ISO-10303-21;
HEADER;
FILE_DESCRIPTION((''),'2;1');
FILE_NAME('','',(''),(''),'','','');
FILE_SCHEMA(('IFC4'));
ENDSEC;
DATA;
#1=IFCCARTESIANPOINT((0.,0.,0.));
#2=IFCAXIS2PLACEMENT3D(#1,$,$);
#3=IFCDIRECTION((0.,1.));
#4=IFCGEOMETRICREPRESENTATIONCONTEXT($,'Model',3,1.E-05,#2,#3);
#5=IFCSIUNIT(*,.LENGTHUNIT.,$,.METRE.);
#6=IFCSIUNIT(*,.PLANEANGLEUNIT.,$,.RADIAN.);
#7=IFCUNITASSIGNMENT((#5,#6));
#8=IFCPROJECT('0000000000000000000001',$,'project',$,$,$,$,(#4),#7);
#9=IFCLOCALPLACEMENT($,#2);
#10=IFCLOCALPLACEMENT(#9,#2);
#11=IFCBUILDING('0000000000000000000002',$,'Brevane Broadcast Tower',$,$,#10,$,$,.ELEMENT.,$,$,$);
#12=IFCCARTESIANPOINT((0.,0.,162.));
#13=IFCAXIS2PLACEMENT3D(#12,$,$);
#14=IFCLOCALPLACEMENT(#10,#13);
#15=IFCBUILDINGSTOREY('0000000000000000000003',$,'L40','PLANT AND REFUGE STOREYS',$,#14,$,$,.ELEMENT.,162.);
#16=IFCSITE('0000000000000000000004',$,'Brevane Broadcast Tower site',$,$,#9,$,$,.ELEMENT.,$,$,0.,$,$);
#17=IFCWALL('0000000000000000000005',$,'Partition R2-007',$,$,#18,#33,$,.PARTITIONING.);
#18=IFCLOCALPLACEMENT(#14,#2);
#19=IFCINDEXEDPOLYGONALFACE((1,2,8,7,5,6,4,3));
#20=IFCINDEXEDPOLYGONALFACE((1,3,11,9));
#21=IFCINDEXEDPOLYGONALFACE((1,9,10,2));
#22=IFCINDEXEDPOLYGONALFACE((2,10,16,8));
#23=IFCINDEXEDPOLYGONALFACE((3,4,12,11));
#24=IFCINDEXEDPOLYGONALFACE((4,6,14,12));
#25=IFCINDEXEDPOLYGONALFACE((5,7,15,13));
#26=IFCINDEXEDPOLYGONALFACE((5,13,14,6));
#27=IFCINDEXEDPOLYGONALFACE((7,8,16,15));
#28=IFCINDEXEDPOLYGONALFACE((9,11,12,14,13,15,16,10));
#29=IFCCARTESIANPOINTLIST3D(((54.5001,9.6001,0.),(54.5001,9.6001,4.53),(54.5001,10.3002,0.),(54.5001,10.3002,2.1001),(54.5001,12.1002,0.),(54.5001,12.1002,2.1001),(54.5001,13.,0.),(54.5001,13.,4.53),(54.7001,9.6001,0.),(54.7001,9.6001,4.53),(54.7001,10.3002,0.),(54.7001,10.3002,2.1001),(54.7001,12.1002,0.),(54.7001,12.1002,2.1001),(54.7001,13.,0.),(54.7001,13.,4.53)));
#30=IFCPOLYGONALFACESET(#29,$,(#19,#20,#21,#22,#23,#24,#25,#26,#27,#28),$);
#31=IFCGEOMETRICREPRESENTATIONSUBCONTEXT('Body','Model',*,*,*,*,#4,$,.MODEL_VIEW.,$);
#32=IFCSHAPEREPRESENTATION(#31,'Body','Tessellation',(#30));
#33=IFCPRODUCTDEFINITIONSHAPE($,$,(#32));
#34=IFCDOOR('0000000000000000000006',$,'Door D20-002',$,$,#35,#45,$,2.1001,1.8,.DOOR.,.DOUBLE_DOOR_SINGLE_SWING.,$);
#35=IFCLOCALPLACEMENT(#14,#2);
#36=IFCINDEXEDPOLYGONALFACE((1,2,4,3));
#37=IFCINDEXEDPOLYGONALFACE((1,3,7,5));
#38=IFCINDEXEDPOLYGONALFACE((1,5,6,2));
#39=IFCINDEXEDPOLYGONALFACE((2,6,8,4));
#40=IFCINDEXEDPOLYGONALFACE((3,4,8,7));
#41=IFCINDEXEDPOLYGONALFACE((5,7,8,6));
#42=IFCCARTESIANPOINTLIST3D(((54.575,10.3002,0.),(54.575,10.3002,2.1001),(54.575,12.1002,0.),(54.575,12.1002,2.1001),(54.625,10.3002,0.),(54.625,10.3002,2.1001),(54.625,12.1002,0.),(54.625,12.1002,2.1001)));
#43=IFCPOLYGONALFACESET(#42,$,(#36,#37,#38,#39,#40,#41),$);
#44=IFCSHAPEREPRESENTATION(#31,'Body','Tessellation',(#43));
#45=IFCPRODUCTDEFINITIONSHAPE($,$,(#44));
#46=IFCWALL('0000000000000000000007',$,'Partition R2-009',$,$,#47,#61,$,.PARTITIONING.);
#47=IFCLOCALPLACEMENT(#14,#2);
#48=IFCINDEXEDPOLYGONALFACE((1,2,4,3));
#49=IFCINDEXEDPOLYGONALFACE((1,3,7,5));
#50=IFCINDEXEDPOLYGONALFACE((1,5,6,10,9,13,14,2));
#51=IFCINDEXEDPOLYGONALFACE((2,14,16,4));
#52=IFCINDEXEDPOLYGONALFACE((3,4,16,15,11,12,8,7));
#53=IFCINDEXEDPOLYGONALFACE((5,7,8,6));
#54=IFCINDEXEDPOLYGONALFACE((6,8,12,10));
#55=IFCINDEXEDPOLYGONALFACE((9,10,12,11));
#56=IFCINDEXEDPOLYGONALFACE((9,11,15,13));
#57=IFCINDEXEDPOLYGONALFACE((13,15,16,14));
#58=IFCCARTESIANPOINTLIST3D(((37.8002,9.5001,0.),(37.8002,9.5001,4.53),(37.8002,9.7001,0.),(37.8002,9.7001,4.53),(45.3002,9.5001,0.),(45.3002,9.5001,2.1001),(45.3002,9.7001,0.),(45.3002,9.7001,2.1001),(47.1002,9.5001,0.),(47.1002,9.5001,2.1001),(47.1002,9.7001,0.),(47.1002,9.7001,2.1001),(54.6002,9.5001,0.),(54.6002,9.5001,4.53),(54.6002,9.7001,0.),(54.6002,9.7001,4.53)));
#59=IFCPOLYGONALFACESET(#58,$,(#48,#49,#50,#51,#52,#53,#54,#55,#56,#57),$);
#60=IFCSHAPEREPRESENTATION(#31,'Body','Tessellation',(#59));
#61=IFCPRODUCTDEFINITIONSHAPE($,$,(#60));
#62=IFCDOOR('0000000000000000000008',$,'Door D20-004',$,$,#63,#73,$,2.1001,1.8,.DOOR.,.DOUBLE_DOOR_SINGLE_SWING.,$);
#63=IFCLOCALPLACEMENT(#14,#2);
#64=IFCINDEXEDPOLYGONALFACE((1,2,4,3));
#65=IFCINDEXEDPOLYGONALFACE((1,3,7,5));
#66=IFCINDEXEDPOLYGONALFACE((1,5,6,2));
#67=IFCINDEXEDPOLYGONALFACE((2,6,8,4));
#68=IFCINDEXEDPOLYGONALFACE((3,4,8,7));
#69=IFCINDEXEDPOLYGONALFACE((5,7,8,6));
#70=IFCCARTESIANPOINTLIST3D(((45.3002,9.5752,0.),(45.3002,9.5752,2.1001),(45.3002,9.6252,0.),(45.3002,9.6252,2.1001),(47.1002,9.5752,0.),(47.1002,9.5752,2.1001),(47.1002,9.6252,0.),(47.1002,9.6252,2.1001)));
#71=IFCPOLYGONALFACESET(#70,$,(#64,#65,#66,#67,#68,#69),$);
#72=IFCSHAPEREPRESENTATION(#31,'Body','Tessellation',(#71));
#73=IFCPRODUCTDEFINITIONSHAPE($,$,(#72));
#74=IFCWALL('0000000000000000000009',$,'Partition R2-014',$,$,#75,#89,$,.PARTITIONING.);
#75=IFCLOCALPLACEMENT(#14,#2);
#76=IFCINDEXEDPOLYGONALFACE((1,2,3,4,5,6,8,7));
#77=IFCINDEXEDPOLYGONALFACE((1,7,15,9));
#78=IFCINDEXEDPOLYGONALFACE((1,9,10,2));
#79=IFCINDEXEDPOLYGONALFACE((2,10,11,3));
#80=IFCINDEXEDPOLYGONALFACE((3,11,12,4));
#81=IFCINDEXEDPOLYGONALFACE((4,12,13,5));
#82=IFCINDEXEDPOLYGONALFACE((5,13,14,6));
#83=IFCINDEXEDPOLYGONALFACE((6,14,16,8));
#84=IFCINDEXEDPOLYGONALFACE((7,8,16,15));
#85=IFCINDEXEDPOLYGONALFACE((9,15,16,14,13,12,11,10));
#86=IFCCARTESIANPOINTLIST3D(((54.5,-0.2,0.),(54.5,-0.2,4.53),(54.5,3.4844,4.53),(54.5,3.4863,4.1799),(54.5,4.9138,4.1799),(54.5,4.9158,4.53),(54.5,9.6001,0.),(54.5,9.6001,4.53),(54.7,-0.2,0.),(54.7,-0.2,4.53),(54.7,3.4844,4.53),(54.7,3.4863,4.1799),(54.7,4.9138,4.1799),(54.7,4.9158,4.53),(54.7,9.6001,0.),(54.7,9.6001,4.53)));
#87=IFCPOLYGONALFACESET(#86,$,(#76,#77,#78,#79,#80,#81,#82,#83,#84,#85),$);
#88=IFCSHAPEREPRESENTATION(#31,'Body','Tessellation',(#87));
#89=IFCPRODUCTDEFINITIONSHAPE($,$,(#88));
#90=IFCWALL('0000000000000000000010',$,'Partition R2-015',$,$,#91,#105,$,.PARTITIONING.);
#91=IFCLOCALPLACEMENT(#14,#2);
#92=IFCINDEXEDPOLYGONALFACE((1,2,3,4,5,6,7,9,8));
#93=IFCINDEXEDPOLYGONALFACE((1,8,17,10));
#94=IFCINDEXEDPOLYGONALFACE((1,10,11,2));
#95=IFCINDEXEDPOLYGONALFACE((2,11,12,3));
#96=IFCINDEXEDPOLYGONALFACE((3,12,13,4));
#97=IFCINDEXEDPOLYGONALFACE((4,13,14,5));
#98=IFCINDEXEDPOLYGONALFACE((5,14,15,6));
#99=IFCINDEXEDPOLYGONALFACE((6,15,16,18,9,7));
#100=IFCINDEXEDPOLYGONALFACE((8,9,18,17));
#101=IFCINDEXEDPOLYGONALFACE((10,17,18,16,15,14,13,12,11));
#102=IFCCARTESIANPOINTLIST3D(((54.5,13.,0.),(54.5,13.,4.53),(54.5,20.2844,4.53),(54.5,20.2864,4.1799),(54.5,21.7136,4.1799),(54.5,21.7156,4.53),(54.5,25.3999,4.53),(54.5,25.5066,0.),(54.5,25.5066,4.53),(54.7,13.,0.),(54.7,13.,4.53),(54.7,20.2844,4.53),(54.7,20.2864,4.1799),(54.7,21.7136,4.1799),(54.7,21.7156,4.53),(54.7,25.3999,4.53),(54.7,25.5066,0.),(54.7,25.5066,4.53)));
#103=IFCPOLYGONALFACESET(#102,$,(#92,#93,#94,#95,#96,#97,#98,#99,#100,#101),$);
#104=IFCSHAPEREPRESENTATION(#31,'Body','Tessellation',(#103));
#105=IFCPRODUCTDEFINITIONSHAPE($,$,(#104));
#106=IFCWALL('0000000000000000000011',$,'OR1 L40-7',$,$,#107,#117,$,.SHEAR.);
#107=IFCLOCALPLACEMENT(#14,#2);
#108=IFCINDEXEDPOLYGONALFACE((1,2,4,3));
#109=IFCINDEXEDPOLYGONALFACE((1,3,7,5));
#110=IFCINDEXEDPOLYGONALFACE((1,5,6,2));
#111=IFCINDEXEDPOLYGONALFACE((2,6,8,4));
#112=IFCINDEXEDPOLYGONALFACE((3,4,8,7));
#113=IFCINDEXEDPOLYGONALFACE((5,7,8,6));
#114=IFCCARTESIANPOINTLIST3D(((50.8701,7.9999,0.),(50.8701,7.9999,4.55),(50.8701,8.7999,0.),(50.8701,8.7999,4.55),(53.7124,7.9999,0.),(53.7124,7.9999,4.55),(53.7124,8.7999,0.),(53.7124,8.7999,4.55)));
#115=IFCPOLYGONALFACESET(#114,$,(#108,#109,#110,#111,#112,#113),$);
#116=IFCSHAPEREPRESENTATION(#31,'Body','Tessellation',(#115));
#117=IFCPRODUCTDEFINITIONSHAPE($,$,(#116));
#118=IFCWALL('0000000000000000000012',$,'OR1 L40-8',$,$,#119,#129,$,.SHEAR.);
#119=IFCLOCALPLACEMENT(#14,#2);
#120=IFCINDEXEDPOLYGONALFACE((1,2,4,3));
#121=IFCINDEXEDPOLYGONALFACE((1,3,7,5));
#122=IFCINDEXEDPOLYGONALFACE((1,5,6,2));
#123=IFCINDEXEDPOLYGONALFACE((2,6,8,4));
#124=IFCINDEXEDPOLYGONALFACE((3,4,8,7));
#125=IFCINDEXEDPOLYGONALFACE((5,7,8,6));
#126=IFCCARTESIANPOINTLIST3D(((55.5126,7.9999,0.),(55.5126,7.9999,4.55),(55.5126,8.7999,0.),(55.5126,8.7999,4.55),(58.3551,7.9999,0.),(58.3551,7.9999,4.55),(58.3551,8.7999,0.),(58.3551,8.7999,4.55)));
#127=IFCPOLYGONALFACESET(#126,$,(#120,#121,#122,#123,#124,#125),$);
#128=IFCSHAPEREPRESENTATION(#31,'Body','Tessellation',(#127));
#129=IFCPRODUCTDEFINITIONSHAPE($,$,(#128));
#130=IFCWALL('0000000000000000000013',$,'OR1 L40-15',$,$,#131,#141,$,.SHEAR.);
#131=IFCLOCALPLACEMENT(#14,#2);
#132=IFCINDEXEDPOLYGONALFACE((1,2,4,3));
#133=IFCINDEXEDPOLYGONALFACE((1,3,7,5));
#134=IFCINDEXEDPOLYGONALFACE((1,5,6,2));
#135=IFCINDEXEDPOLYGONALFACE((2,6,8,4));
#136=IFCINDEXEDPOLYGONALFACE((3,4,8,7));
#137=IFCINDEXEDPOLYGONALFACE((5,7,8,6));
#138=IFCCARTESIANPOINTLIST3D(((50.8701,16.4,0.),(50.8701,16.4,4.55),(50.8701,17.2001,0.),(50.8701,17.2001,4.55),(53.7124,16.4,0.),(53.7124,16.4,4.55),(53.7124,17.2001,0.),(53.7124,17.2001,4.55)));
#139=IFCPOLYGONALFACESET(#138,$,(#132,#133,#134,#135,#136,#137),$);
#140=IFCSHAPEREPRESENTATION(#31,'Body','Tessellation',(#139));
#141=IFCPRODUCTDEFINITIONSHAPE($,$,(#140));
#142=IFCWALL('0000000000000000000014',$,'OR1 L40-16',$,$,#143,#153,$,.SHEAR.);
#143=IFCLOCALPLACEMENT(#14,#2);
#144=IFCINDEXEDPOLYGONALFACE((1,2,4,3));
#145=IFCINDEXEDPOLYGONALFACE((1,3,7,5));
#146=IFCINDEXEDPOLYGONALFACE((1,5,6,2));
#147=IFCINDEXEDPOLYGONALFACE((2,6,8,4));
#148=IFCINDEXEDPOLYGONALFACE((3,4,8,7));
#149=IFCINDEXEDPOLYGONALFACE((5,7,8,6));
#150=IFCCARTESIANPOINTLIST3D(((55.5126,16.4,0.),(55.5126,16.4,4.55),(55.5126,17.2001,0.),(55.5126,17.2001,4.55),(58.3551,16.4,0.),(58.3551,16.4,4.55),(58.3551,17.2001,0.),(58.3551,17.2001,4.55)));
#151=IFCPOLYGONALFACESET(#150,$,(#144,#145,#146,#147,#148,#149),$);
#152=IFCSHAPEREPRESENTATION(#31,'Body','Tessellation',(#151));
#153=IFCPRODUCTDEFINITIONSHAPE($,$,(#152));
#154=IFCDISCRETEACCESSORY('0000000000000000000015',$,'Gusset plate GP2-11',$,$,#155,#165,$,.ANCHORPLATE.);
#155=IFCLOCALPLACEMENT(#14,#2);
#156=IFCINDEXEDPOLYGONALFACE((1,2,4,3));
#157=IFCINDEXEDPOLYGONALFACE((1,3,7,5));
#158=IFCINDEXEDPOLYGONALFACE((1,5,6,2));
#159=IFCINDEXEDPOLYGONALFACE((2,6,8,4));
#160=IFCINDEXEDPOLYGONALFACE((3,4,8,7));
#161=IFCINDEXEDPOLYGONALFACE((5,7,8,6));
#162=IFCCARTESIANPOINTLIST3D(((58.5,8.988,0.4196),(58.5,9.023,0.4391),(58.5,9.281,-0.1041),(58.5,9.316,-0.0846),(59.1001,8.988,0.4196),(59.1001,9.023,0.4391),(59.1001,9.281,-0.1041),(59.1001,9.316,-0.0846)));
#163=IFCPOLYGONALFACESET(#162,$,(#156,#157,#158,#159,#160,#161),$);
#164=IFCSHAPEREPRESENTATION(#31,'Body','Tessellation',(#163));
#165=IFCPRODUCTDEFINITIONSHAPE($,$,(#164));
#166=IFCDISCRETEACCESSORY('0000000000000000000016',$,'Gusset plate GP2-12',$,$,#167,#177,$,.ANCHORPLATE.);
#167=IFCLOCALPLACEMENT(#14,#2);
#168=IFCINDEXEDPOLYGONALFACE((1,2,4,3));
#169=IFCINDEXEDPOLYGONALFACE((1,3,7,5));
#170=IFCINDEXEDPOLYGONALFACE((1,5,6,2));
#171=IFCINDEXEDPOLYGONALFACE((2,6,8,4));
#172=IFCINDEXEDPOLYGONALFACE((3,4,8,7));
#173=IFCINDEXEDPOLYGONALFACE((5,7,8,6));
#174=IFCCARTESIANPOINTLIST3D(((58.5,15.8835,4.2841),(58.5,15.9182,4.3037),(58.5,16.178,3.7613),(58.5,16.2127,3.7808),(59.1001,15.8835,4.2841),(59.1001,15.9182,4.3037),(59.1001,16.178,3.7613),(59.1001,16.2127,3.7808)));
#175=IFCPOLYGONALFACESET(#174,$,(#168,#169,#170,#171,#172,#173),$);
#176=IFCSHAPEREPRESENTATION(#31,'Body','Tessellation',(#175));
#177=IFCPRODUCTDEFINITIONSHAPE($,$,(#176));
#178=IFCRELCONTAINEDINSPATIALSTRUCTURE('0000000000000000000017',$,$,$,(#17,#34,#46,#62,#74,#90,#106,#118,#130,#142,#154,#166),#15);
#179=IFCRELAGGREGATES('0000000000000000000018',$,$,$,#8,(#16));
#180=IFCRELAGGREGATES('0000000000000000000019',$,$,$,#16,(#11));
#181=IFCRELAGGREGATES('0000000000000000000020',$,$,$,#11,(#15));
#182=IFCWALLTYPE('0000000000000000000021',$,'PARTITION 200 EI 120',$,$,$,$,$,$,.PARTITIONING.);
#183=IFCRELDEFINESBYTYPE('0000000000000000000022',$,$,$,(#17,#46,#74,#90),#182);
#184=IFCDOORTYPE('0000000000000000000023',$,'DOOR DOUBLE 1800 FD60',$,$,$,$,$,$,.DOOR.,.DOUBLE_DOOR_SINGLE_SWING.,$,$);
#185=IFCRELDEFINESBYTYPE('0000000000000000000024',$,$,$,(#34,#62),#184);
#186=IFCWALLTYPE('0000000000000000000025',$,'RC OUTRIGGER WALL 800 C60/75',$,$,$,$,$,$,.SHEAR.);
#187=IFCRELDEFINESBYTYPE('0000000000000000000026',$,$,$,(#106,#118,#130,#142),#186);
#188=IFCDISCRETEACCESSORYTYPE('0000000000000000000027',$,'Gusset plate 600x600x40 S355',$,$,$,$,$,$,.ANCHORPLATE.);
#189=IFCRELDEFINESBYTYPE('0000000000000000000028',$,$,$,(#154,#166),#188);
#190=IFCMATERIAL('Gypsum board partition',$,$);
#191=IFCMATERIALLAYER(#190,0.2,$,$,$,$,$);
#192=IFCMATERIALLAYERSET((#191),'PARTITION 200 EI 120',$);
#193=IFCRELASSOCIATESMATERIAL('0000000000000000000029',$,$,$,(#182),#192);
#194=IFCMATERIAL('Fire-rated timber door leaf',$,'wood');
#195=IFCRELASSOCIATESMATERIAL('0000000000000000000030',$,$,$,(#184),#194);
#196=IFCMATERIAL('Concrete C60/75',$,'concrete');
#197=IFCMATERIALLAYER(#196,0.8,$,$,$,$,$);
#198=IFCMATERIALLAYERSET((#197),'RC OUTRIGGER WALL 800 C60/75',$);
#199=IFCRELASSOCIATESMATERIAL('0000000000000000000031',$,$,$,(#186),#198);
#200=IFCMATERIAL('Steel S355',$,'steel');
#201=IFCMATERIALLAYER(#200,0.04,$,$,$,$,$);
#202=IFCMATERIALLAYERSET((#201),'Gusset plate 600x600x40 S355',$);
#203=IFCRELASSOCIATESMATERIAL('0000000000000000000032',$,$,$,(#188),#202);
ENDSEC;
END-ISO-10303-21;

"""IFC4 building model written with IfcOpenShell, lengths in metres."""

from ifc_helpers import new_model, si_unit, direction, frame, frame_2d, origin, origin_2d, place, context, subcontext, project, spatial, polyline, rectangle, outline, extrude, material, layer, layer_set, type_object, element, fill, save


model = new_model("IFC4")

# Units and contexts
model_context = context("Model", 3, precision=1e-05, world=origin(), true_north=direction((0.0, 1.0)))
body_context = subcontext(model_context, "Body", "Model", "MODEL_VIEW")
ifc_project = project(units=[si_unit("LENGTHUNIT", "METRE"), si_unit("PLANEANGLEUNIT", "RADIAN")], contexts=[model_context])

# Site, building, storey
site_placement = place(None, origin())
site = spatial("IfcSite", under=ifc_project, at=site_placement, Name="Brevane Broadcast Tower site", CompositionType="ELEMENT", RefElevation=0.0)
building_placement = place(site_placement, origin())
building = spatial("IfcBuilding", under=site, at=building_placement, Name="Brevane Broadcast Tower", CompositionType="ELEMENT")
storey_placement = place(building_placement, frame((0.0, 0.0, 162.0)))
storey = spatial("IfcBuildingStorey", under=building, at=storey_placement, Name="L40", Description="PLANT AND REFUGE STOREYS", CompositionType="ELEMENT", Elevation=162.0)

# Shared definitions
ifc_material_1 = material(Name="Concrete C60/75", Category="concrete")

# Shared definitions
ifc_material_2 = material(Name="Steel S355", Category="steel")

# Walls, openings, doors
ifc_material_3 = material(Name="Gypsum board partition")
ifc_layer_1 = layer(ifc_material_3, 0.2)
ifc_layer_set_1 = layer_set([ifc_layer_1], Name="PARTITION 200 EI 120")
wall_type_1 = type_object("IfcWallType", Name="PARTITION 200 EI 120", PredefinedType="PARTITIONING", material=ifc_layer_set_1)
wall_1_placement = place(storey_placement, frame((54.6001, 13.0, 0.0), z_axis=(0.0, 0.0, 1.0), x_axis=(0.0, -1.0, 0.0)))
wall_1 = element("IfcWall", 1, at=wall_1_placement, inside=storey, type_object=wall_type_1, Name="Partition R2-007", PredefinedType="PARTITIONING", context=body_context, shape_type="SweptSolid", body=[
    extrude(rectangle(XDim=3.3999, YDim=0.2, at=frame_2d((1.7, 0.0))), origin(), (0.0, 0.0, 1.0), 4.53),
])
opening_1_placement = place(wall_1_placement, frame((0.8999, 0.0, 0.0)))
opening_1 = element("IfcOpeningElement", 2, at=opening_1_placement, cuts=wall_1, PredefinedType="OPENING", context=body_context, shape_type="SweptSolid", body=[
    extrude(rectangle(XDim=1.8, YDim=2.1001, at=frame_2d((0.8999, 1.05))), frame((0.0, 0.1099, 0.0), z_axis=(0.0, -1.0, 0.0), x_axis=(1.0, 0.0, 0.0)), (0.0, 0.0, 1.0), 0.22),
])
ifc_material_4 = material(Name="Fire-rated timber door leaf", Category="wood")
door_type = type_object("IfcDoorType", Name="DOOR DOUBLE 1800 FD60", OperationType="DOUBLE_DOOR_SINGLE_SWING", PredefinedType="DOOR", material=ifc_material_4)
door_1_placement = place(opening_1_placement, origin())
door_1 = element("IfcDoor", 3, at=door_1_placement, inside=storey, type_object=door_type, Name="Door D20-002", OperationType="DOUBLE_DOOR_SINGLE_SWING", OverallHeight=2.1001, OverallWidth=1.8, PredefinedType="DOOR", context=body_context, shape_type="SweptSolid", body=[
    extrude(rectangle(XDim=1.8, YDim=2.1001, at=frame_2d((0.8999, 1.05))), frame((0.0, 0.0249, 0.0), z_axis=(0.0, -1.0, 0.0), x_axis=(1.0, 0.0, 0.0)), (0.0, 0.0, 1.0), 0.05),
])
fill(opening_1, door_1)
wall_2_placement = place(storey_placement, frame((54.6001, 9.6001, 0.0), z_axis=(0.0, 0.0, 1.0), x_axis=(-1.0, 0.0, 0.0)))
wall_2 = element("IfcWall", 4, at=wall_2_placement, inside=storey, type_object=wall_type_1, Name="Partition R2-009", PredefinedType="PARTITIONING", context=body_context, shape_type="SweptSolid", body=[
    extrude(rectangle(XDim=16.8, YDim=0.2, at=frame_2d((8.3999, 0.0))), origin(), (0.0, 0.0, 1.0), 4.53),
])
opening_2_placement = place(wall_2_placement, frame((7.5, 0.0, 0.0)))
opening_2 = element("IfcOpeningElement", 5, at=opening_2_placement, cuts=wall_2, PredefinedType="OPENING", context=body_context, shape_type="SweptSolid", body=[
    extrude(rectangle(XDim=1.8, YDim=2.1001, at=frame_2d((0.8999, 1.05))), frame((0.0, 0.1099, 0.0), z_axis=(0.0, -1.0, 0.0), x_axis=(1.0, 0.0, 0.0)), (0.0, 0.0, 1.0), 0.22),
])
door_2_placement = place(opening_2_placement, origin())
door_2 = element("IfcDoor", 6, at=door_2_placement, inside=storey, type_object=door_type, Name="Door D20-004", OperationType="DOUBLE_DOOR_SINGLE_SWING", OverallHeight=2.1001, OverallWidth=1.8, PredefinedType="DOOR", context=body_context, shape_type="SweptSolid", body=[
    extrude(rectangle(XDim=1.8, YDim=2.1001, at=frame_2d((0.8999, 1.05))), frame((0.0, 0.0249, 0.0), z_axis=(0.0, -1.0, 0.0), x_axis=(1.0, 0.0, 0.0)), (0.0, 0.0, 1.0), 0.05),
])
fill(opening_2, door_2)

# Walls
wall_3_placement = place(storey_placement, frame((54.6001, -0.2, 0.0), z_axis=(0.0, 0.0, 1.0), x_axis=(0.0, 1.0, 0.0)))
element("IfcWall", 7, at=wall_3_placement, inside=storey, type_object=wall_type_1, Name="Partition R2-014", PredefinedType="PARTITIONING", context=body_context, shape_type="SweptSolid", body=[
    extrude(outline(polyline([(0.0, 0.0), (9.8, 0.0), (9.8, 4.53), (5.1157, 4.53), (5.1138, 4.1799), (3.6863, 4.1799), (3.6843, 4.53), (0.0, 4.53), (0.0, 0.0)])), frame((0.0, 0.1001, 0.0), z_axis=(0.0, -1.0, 0.0), x_axis=(1.0, 0.0, 0.0)), (0.0, 0.0, 1.0), 0.2),
])
wall_4_placement = place(storey_placement, frame((54.6001, 13.0, 0.0), z_axis=(0.0, 0.0, 1.0), x_axis=(0.0, 1.0, 0.0)))
element("IfcWall", 8, at=wall_4_placement, inside=storey, type_object=wall_type_1, Name="Partition R2-015", PredefinedType="PARTITIONING", context=body_context, shape_type="SweptSolid", body=[
    extrude(outline(polyline([(0.0, 0.0), (12.5066, 0.0), (12.5066, 4.53), (12.3999, 4.53), (8.7156, 4.53), (8.7136, 4.1799), (7.2864, 4.1799), (7.2844, 4.53), (0.0, 4.53), (0.0, 0.0)])), frame((0.0, 0.1001, 0.0), z_axis=(0.0, -1.0, 0.0), x_axis=(1.0, 0.0, 0.0)), (0.0, 0.0, 1.0), 0.2),
])
ifc_layer_2 = layer(ifc_material_1, 0.8)
ifc_layer_set_2 = layer_set([ifc_layer_2], Name="RC OUTRIGGER WALL 800 C60/75")
wall_type_2 = type_object("IfcWallType", Name="RC OUTRIGGER WALL 800 C60/75", PredefinedType="SHEAR", material=ifc_layer_set_2)
wall_5_placement = place(storey_placement, frame((50.8701, 8.3999, 0.0), z_axis=(0.0, 0.0, 1.0), x_axis=(1.0, 0.0, 0.0)))
element("IfcWall", 9, at=wall_5_placement, inside=storey, type_object=wall_type_2, Name="OR1 L40-7", PredefinedType="SHEAR", context=body_context, shape_type="SweptSolid", body=[
    extrude(rectangle(XDim=2.8423, YDim=0.8, at=frame_2d((1.4211, 0.0))), origin(), (0.0, 0.0, 1.0), 4.55),
])
wall_6_placement = place(storey_placement, frame((55.5125, 8.3999, 0.0), z_axis=(0.0, 0.0, 1.0), x_axis=(1.0, 0.0, 0.0)))
element("IfcWall", 10, at=wall_6_placement, inside=storey, type_object=wall_type_2, Name="OR1 L40-8", PredefinedType="SHEAR", context=body_context, shape_type="SweptSolid", body=[
    extrude(rectangle(XDim=2.8425, YDim=0.8, at=frame_2d((1.4214, 0.0))), origin(), (0.0, 0.0, 1.0), 4.55),
])
wall_7_placement = place(storey_placement, frame((50.8701, 16.8, 0.0), z_axis=(0.0, 0.0, 1.0), x_axis=(1.0, 0.0, 0.0)))
element("IfcWall", 11, at=wall_7_placement, inside=storey, type_object=wall_type_2, Name="OR1 L40-15", PredefinedType="SHEAR", context=body_context, shape_type="SweptSolid", body=[
    extrude(rectangle(XDim=2.8423, YDim=0.8, at=frame_2d((1.4211, 0.0))), origin(), (0.0, 0.0, 1.0), 4.55),
])
wall_8_placement = place(storey_placement, frame((55.5125, 16.8, 0.0), z_axis=(0.0, 0.0, 1.0), x_axis=(1.0, 0.0, 0.0)))
element("IfcWall", 12, at=wall_8_placement, inside=storey, type_object=wall_type_2, Name="OR1 L40-16", PredefinedType="SHEAR", context=body_context, shape_type="SweptSolid", body=[
    extrude(rectangle(XDim=2.8425, YDim=0.8, at=frame_2d((1.4214, 0.0))), origin(), (0.0, 0.0, 1.0), 4.55),
])

# Discrete accessories
ifc_layer_3 = layer(ifc_material_2, 0.04)
ifc_layer_set_3 = layer_set([ifc_layer_3], Name="Gusset plate 600x600x40 S355")
discrete_accessory_type = type_object("IfcDiscreteAccessoryType", Name="Gusset plate 600x600x40 S355", PredefinedType="ANCHORPLATE", material=ifc_layer_set_3)
discrete_accessory_1_placement = place(storey_placement, frame((58.8, 9.1345, 0.1577), z_axis=(0.0, 0.872714, 0.488232), x_axis=(-1.0, 0.0, 0.0)))
element("IfcDiscreteAccessory", 13, at=discrete_accessory_1_placement, inside=storey, type_object=discrete_accessory_type, Name="Gusset plate GP2-11", PredefinedType="ANCHORPLATE", context=body_context, shape_type="SweptSolid", body=[
    extrude(rectangle(XDim=0.6001, YDim=0.6001, at=origin_2d()), origin(), (0.0, 0.0, 1.0), 0.04),
])
discrete_accessory_2_placement = place(storey_placement, frame((58.8, 16.0308, 4.0227), z_axis=(0.0, 0.871248, 0.490844), x_axis=(-1.0, 0.0, 0.0)))
element("IfcDiscreteAccessory", 14, at=discrete_accessory_2_placement, inside=storey, type_object=discrete_accessory_type, Name="Gusset plate GP2-12", PredefinedType="ANCHORPLATE", context=body_context, shape_type="SweptSolid", body=[
    extrude(rectangle(XDim=0.6001, YDim=0.6001, at=origin_2d()), origin(), (0.0, 0.0, 1.0), 0.0398),
])

save(model, "model.ifc")
